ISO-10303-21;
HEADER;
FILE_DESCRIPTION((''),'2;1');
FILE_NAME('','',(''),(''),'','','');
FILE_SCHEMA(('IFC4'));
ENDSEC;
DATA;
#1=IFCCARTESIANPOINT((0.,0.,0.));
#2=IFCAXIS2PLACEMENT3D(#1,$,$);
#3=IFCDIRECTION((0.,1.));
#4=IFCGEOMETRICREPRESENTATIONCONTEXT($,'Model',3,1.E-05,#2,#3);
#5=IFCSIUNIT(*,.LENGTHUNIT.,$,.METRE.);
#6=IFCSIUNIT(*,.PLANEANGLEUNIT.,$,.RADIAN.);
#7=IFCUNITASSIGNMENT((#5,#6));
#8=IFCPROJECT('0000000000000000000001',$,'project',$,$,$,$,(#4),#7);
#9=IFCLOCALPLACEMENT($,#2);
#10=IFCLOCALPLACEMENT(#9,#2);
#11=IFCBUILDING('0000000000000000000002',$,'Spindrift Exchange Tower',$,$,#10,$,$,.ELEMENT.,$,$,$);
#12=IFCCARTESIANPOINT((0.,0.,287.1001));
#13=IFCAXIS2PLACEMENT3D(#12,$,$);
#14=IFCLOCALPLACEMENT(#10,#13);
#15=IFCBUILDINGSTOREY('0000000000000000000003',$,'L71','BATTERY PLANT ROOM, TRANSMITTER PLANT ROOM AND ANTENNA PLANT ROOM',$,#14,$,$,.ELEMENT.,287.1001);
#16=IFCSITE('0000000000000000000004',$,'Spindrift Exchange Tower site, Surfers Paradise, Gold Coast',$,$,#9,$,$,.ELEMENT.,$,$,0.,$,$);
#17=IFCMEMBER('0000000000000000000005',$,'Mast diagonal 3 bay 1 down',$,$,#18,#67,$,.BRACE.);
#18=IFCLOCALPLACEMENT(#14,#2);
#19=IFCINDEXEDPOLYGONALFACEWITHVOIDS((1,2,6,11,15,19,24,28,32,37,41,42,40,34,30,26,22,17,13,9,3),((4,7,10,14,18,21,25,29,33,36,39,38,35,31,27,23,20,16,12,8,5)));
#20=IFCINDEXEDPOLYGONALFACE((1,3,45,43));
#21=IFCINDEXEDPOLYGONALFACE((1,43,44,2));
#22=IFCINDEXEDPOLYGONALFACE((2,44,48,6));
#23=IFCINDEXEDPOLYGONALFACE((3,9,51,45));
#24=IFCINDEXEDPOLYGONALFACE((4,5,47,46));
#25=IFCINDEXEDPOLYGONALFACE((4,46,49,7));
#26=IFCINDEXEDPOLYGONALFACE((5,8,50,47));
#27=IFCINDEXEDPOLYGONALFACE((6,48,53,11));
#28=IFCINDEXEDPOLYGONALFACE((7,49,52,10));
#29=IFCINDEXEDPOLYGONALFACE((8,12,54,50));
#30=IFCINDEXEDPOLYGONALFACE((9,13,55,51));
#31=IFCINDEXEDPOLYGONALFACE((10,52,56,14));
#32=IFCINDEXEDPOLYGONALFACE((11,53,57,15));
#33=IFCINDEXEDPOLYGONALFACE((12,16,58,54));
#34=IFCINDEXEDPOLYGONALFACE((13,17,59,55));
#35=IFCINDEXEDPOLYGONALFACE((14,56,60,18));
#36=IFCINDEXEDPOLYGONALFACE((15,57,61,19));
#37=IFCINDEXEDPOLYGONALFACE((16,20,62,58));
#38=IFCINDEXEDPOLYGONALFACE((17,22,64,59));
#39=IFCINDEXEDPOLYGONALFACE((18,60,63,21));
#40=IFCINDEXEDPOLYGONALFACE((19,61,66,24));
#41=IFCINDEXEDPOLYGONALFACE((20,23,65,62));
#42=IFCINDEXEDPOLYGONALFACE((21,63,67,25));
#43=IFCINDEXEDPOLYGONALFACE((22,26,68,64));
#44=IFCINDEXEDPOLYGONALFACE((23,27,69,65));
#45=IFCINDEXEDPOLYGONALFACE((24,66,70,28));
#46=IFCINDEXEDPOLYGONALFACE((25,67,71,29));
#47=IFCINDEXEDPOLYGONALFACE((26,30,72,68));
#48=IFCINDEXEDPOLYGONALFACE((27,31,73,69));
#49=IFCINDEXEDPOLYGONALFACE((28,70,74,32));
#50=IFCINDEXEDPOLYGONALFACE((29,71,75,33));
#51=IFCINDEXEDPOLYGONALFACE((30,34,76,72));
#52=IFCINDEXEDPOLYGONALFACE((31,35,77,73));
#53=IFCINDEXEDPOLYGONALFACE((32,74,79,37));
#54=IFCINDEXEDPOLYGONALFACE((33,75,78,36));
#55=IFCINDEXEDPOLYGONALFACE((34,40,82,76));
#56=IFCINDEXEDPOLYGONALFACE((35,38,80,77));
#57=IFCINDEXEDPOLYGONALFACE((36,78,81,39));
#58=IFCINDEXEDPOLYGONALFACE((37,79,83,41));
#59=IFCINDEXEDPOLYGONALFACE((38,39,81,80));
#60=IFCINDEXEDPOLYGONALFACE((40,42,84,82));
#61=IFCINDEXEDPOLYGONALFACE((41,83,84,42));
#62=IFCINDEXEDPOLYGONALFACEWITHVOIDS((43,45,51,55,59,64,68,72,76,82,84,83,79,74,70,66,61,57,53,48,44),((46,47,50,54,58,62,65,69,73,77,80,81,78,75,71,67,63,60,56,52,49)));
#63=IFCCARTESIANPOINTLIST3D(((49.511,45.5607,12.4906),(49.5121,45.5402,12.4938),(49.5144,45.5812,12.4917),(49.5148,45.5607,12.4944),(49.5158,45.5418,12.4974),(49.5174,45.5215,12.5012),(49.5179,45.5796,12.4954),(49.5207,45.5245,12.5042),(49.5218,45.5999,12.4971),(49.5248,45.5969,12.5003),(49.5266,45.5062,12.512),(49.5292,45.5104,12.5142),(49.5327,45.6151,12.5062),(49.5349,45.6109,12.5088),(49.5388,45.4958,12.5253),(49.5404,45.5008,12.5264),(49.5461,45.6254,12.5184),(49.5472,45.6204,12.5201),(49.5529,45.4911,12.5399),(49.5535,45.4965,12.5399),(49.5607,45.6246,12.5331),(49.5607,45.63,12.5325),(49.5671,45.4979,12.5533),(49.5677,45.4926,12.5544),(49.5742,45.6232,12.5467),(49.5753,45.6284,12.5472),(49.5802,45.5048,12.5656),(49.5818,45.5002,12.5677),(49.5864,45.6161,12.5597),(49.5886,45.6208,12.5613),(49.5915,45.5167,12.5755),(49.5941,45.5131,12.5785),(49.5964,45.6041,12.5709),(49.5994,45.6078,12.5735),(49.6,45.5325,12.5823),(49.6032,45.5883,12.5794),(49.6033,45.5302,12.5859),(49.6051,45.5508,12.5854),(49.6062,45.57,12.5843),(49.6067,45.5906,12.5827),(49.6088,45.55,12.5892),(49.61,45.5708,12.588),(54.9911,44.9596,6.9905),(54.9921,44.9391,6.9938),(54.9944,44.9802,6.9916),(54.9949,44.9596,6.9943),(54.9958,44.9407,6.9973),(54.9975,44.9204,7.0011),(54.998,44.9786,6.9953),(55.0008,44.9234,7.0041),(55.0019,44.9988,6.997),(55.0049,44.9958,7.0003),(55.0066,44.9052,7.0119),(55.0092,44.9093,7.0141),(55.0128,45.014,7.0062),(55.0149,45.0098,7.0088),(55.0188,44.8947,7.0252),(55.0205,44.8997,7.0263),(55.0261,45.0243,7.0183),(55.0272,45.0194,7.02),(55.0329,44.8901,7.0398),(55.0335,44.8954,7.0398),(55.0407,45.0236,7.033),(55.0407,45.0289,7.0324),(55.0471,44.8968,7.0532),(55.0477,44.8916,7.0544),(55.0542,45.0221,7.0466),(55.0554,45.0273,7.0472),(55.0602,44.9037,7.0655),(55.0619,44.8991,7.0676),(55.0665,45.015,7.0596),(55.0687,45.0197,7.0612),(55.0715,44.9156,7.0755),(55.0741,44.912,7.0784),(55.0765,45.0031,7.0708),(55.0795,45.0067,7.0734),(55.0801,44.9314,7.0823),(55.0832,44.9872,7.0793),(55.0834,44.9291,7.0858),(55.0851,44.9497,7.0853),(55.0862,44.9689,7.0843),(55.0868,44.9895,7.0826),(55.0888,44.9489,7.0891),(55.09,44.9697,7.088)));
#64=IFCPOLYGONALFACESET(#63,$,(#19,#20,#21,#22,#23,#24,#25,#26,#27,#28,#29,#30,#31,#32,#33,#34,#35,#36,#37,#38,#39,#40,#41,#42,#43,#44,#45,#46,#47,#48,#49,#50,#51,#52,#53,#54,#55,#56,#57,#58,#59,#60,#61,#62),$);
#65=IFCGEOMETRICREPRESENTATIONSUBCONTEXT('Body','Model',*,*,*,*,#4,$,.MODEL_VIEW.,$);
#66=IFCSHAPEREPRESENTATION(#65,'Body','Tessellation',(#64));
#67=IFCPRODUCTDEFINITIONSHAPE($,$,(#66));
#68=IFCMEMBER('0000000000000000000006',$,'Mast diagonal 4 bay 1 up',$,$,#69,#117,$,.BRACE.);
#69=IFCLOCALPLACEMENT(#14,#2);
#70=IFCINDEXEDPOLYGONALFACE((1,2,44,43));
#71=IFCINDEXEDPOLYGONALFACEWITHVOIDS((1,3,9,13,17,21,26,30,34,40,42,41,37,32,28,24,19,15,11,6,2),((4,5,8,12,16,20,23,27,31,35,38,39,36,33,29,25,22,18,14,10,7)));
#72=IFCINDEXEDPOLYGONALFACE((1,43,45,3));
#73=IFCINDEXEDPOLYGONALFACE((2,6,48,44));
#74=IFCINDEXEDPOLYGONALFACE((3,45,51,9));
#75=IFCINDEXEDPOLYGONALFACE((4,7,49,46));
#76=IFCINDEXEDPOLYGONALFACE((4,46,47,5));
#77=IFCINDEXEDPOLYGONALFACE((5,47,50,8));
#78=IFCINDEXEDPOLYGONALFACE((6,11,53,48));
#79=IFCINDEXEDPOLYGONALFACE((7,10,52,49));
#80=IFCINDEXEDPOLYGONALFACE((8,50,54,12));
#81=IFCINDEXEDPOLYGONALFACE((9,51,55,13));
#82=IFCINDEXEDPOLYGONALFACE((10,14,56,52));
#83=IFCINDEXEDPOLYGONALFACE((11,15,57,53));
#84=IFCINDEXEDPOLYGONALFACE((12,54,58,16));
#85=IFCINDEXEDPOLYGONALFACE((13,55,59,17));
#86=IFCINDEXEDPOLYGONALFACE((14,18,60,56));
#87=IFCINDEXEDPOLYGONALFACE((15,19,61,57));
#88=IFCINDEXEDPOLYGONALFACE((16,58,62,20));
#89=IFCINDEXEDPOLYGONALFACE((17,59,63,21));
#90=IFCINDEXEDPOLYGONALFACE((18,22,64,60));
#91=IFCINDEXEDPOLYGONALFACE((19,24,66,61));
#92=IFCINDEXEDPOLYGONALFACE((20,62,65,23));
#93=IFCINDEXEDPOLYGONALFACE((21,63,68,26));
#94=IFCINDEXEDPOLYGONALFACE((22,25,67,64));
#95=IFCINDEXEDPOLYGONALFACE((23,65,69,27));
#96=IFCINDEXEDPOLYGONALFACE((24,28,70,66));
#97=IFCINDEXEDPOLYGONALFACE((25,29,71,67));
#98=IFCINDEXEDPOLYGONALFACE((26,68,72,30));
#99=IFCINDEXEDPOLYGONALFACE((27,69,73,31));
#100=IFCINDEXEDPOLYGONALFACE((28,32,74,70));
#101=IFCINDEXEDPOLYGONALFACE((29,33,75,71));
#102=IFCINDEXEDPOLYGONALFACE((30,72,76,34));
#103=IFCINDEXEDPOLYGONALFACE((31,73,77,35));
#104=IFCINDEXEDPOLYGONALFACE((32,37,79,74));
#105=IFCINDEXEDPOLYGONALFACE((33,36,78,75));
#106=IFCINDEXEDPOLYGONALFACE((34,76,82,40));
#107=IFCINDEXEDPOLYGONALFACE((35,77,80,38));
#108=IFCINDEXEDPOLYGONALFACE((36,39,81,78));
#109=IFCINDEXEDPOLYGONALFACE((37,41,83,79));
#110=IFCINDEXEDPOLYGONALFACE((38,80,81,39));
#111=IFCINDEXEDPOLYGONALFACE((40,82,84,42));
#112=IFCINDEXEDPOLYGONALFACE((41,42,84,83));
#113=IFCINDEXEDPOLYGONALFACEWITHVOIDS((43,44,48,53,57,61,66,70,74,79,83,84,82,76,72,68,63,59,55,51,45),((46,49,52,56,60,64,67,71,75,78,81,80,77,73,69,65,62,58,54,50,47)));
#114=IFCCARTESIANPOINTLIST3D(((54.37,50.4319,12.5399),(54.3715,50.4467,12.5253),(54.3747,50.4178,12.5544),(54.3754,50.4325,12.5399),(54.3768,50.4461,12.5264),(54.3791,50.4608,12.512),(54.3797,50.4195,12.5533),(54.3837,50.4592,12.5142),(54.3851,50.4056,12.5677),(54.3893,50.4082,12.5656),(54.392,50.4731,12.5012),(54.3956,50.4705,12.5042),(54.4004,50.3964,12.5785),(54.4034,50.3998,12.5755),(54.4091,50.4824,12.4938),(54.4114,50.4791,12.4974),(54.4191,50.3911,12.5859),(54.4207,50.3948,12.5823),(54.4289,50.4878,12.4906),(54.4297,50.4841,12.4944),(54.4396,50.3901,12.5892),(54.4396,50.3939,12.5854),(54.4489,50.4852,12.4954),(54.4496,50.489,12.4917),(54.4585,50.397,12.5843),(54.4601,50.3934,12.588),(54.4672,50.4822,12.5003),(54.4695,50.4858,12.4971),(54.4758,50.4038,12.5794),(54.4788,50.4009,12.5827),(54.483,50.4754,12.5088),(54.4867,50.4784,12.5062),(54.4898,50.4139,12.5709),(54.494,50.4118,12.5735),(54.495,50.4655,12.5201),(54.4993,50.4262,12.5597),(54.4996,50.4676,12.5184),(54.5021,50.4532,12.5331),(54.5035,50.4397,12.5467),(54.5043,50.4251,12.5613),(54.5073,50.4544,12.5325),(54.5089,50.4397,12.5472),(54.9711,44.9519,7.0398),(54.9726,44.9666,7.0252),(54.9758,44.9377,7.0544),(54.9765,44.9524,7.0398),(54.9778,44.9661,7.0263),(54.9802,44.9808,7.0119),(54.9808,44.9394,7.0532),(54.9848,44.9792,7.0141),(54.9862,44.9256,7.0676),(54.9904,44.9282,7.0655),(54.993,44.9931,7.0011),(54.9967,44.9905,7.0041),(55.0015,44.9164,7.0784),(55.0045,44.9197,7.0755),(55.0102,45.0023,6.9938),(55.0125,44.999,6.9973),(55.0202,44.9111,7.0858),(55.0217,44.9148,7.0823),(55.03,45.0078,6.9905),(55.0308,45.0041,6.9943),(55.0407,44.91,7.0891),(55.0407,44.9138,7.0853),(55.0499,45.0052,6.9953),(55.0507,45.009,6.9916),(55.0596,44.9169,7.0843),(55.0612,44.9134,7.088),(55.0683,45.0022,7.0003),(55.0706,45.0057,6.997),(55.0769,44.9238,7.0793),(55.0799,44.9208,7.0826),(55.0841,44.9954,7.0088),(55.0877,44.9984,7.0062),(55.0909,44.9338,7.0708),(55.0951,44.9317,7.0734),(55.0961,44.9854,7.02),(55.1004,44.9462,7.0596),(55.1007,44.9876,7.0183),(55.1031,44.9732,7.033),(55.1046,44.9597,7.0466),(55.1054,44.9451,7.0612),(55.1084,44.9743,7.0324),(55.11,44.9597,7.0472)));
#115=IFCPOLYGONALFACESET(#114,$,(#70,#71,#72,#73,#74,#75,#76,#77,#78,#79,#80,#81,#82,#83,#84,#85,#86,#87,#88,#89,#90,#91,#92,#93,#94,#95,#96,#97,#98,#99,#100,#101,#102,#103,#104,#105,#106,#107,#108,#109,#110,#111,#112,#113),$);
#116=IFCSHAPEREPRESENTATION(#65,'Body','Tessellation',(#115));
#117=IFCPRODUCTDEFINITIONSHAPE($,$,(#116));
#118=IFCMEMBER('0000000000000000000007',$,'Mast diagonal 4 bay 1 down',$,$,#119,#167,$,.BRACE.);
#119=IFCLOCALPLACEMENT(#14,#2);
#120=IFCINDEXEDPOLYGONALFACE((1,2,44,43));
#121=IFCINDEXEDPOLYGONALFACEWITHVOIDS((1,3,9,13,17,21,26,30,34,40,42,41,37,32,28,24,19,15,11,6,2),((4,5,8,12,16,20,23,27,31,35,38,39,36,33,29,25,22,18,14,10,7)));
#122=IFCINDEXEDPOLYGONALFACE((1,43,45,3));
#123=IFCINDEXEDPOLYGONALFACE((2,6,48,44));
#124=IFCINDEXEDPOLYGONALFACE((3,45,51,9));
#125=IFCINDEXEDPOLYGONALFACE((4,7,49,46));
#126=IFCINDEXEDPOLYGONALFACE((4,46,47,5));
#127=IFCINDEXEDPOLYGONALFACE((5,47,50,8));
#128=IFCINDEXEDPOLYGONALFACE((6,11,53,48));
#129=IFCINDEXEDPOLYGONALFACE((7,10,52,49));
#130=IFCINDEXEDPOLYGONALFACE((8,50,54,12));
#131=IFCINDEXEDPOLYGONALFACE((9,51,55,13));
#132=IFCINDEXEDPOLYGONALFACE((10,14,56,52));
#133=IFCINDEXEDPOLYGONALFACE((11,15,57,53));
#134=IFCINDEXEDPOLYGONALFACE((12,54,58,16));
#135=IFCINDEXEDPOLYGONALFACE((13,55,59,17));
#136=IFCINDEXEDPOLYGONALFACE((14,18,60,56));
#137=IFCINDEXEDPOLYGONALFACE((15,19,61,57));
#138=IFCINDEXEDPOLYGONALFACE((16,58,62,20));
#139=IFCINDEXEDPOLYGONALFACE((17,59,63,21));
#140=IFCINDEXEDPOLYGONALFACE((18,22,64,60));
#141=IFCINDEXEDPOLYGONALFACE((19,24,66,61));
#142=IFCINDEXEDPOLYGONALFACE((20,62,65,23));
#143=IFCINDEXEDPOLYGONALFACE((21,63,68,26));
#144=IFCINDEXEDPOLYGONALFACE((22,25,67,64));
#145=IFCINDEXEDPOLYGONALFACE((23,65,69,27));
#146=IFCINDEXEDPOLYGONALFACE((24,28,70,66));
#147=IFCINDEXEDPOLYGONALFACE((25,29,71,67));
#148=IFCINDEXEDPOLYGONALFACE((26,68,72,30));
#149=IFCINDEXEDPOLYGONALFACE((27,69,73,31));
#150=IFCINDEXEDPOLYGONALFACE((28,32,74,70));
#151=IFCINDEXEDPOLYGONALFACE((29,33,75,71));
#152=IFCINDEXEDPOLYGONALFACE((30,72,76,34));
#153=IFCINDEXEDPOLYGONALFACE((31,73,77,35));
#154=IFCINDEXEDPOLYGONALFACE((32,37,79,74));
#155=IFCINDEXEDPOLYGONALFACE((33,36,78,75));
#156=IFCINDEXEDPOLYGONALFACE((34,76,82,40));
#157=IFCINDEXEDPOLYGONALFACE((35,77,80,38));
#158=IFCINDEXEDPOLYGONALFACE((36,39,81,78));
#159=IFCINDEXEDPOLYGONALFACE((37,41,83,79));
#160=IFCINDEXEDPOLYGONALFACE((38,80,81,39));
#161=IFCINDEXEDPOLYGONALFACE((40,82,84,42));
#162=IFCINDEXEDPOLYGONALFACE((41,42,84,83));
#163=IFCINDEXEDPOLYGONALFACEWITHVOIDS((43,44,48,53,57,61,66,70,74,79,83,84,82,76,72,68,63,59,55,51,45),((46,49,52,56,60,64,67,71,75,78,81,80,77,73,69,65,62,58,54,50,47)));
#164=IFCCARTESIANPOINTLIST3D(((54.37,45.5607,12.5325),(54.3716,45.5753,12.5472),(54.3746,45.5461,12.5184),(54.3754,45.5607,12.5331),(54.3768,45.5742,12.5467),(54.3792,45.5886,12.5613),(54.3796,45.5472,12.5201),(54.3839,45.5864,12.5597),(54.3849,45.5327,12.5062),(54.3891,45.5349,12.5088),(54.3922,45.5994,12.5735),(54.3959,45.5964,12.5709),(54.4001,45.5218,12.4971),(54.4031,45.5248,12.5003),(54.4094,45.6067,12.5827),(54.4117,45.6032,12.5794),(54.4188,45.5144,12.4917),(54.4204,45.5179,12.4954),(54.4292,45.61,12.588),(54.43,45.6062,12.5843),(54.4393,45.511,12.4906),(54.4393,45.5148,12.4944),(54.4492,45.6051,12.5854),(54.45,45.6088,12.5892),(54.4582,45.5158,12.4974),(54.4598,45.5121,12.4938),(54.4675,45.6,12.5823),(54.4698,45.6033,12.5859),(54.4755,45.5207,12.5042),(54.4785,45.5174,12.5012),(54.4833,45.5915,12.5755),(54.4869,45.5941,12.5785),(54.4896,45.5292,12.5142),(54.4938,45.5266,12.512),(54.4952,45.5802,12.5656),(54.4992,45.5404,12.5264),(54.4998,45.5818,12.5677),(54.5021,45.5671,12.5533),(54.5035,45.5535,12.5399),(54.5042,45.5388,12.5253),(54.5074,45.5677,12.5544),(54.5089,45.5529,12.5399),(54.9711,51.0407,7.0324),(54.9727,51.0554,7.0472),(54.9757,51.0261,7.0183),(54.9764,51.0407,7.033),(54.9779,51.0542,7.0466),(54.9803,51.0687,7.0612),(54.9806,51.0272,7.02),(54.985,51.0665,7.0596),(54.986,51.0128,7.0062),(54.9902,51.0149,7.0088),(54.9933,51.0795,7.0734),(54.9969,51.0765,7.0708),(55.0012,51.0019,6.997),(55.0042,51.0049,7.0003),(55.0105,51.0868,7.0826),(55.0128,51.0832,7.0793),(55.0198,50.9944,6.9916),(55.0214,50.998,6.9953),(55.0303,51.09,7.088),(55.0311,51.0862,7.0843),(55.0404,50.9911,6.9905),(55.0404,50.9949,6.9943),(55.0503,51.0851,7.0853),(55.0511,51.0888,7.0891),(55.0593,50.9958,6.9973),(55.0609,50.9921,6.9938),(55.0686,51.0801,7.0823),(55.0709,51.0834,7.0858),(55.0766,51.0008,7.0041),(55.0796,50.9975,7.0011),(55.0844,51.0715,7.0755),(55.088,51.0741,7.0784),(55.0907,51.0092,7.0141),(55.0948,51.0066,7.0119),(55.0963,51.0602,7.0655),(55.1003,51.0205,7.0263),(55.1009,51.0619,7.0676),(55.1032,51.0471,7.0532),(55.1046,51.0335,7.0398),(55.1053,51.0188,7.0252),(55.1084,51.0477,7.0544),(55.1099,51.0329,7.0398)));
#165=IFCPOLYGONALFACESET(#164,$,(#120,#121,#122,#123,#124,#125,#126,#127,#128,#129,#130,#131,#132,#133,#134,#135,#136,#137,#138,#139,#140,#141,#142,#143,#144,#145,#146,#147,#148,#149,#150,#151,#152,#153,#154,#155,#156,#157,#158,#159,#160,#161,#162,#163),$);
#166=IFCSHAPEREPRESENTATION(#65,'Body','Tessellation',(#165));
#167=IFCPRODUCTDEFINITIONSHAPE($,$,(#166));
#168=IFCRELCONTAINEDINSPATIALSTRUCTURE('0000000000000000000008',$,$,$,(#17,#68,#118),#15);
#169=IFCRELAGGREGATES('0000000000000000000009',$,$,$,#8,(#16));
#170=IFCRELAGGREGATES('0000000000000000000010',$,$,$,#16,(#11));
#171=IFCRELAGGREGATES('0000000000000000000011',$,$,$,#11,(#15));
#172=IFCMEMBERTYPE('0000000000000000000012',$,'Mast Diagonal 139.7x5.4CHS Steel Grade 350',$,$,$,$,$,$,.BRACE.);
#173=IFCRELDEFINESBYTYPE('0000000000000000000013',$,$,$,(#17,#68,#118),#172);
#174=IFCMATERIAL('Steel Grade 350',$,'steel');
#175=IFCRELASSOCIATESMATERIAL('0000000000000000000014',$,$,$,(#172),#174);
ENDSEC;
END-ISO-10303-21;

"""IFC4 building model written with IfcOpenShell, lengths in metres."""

from ifc_helpers import new_model, si_unit, direction, frame, origin, origin_2d, place, context, subcontext, project, spatial, hollow_circle, extrude, source, transform, mapped, material, material_profile, profile_set, type_object, element, save


model = new_model("IFC4")

# Units and contexts
model_context = context("Model", 3, precision=1e-05, world=origin(), true_north=direction((0.0, 1.0)))
body_context = subcontext(model_context, "Body", "Model", "MODEL_VIEW")
ifc_project = project(units=[si_unit("LENGTHUNIT", "METRE"), si_unit("PLANEANGLEUNIT", "RADIAN")], contexts=[model_context])

# Site, building, storey
site_placement = place(None, origin())
site = spatial("IfcSite", under=ifc_project, at=site_placement, Name="Spindrift Exchange Tower site, Surfers Paradise, Gold Coast", CompositionType="ELEMENT", RefElevation=0.0)
building_placement = place(site_placement, origin())
building = spatial("IfcBuilding", under=site, at=building_placement, Name="Spindrift Exchange Tower", CompositionType="ELEMENT")
storey_placement = place(building_placement, frame((0.0, 0.0, 287.1001)))
storey = spatial("IfcBuildingStorey", under=building, at=storey_placement, Name="L71", Description="BATTERY PLANT ROOM, TRANSMITTER PLANT ROOM AND ANTENNA PLANT ROOM", CompositionType="ELEMENT", Elevation=287.1001)

# Members
ifc_material_1 = material(Name="Steel Grade 350", Category="steel")
ifc_material_profile_1 = material_profile(ifc_material_1, hollow_circle(Radius=0.0698, WallThickness=0.0054, at=origin_2d()), Name="139.7x5.4CHS")
ifc_profile_set_1 = profile_set([ifc_material_profile_1], Name="Steel Grade 350")
member_type_1 = type_object("IfcMemberType", Name="Mast Diagonal 139.7x5.4CHS Steel Grade 350", PredefinedType="BRACE", material=ifc_profile_set_1)
shared_shape_1 = source(origin(), body_context, "Body", "SweptSolid", [
    extrude(hollow_circle(Radius=0.0698, WallThickness=0.0054, at=origin_2d()), origin(), (0.0, 0.0, 1.0), 7.7874),
])
for number, where, z_axis, x_axis, name in (
    (1, (55.0405, 44.9595, 7.0398), (-0.703711, 0.077187, 0.706281), (-0.109032, -0.994038, 0.0), "Mast diagonal 3 bay 1 down"),
    (2, (55.0405, 44.9595, 7.0398), (-0.077187, 0.703711, 0.706281), (-0.994038, -0.109032, 0.0), "Mast diagonal 4 bay 1 up"),
    (3, (55.0405, 51.0405, 7.0398), (-0.077187, -0.703711, 0.706281), (0.994038, -0.109032, 0.0), "Mast diagonal 4 bay 1 down"),
):
    element("IfcMember", number, at=place(storey_placement, frame(where, z_axis=z_axis, x_axis=x_axis)), inside=storey, type_object=member_type_1, Name=name, PredefinedType="BRACE", context=body_context, shape_type="MappedRepresentation", body=[
        mapped(shared_shape_1, transform((0.0, 0.0, 0.0), scale=1.0)),
    ])

save(model, "model.ifc")
